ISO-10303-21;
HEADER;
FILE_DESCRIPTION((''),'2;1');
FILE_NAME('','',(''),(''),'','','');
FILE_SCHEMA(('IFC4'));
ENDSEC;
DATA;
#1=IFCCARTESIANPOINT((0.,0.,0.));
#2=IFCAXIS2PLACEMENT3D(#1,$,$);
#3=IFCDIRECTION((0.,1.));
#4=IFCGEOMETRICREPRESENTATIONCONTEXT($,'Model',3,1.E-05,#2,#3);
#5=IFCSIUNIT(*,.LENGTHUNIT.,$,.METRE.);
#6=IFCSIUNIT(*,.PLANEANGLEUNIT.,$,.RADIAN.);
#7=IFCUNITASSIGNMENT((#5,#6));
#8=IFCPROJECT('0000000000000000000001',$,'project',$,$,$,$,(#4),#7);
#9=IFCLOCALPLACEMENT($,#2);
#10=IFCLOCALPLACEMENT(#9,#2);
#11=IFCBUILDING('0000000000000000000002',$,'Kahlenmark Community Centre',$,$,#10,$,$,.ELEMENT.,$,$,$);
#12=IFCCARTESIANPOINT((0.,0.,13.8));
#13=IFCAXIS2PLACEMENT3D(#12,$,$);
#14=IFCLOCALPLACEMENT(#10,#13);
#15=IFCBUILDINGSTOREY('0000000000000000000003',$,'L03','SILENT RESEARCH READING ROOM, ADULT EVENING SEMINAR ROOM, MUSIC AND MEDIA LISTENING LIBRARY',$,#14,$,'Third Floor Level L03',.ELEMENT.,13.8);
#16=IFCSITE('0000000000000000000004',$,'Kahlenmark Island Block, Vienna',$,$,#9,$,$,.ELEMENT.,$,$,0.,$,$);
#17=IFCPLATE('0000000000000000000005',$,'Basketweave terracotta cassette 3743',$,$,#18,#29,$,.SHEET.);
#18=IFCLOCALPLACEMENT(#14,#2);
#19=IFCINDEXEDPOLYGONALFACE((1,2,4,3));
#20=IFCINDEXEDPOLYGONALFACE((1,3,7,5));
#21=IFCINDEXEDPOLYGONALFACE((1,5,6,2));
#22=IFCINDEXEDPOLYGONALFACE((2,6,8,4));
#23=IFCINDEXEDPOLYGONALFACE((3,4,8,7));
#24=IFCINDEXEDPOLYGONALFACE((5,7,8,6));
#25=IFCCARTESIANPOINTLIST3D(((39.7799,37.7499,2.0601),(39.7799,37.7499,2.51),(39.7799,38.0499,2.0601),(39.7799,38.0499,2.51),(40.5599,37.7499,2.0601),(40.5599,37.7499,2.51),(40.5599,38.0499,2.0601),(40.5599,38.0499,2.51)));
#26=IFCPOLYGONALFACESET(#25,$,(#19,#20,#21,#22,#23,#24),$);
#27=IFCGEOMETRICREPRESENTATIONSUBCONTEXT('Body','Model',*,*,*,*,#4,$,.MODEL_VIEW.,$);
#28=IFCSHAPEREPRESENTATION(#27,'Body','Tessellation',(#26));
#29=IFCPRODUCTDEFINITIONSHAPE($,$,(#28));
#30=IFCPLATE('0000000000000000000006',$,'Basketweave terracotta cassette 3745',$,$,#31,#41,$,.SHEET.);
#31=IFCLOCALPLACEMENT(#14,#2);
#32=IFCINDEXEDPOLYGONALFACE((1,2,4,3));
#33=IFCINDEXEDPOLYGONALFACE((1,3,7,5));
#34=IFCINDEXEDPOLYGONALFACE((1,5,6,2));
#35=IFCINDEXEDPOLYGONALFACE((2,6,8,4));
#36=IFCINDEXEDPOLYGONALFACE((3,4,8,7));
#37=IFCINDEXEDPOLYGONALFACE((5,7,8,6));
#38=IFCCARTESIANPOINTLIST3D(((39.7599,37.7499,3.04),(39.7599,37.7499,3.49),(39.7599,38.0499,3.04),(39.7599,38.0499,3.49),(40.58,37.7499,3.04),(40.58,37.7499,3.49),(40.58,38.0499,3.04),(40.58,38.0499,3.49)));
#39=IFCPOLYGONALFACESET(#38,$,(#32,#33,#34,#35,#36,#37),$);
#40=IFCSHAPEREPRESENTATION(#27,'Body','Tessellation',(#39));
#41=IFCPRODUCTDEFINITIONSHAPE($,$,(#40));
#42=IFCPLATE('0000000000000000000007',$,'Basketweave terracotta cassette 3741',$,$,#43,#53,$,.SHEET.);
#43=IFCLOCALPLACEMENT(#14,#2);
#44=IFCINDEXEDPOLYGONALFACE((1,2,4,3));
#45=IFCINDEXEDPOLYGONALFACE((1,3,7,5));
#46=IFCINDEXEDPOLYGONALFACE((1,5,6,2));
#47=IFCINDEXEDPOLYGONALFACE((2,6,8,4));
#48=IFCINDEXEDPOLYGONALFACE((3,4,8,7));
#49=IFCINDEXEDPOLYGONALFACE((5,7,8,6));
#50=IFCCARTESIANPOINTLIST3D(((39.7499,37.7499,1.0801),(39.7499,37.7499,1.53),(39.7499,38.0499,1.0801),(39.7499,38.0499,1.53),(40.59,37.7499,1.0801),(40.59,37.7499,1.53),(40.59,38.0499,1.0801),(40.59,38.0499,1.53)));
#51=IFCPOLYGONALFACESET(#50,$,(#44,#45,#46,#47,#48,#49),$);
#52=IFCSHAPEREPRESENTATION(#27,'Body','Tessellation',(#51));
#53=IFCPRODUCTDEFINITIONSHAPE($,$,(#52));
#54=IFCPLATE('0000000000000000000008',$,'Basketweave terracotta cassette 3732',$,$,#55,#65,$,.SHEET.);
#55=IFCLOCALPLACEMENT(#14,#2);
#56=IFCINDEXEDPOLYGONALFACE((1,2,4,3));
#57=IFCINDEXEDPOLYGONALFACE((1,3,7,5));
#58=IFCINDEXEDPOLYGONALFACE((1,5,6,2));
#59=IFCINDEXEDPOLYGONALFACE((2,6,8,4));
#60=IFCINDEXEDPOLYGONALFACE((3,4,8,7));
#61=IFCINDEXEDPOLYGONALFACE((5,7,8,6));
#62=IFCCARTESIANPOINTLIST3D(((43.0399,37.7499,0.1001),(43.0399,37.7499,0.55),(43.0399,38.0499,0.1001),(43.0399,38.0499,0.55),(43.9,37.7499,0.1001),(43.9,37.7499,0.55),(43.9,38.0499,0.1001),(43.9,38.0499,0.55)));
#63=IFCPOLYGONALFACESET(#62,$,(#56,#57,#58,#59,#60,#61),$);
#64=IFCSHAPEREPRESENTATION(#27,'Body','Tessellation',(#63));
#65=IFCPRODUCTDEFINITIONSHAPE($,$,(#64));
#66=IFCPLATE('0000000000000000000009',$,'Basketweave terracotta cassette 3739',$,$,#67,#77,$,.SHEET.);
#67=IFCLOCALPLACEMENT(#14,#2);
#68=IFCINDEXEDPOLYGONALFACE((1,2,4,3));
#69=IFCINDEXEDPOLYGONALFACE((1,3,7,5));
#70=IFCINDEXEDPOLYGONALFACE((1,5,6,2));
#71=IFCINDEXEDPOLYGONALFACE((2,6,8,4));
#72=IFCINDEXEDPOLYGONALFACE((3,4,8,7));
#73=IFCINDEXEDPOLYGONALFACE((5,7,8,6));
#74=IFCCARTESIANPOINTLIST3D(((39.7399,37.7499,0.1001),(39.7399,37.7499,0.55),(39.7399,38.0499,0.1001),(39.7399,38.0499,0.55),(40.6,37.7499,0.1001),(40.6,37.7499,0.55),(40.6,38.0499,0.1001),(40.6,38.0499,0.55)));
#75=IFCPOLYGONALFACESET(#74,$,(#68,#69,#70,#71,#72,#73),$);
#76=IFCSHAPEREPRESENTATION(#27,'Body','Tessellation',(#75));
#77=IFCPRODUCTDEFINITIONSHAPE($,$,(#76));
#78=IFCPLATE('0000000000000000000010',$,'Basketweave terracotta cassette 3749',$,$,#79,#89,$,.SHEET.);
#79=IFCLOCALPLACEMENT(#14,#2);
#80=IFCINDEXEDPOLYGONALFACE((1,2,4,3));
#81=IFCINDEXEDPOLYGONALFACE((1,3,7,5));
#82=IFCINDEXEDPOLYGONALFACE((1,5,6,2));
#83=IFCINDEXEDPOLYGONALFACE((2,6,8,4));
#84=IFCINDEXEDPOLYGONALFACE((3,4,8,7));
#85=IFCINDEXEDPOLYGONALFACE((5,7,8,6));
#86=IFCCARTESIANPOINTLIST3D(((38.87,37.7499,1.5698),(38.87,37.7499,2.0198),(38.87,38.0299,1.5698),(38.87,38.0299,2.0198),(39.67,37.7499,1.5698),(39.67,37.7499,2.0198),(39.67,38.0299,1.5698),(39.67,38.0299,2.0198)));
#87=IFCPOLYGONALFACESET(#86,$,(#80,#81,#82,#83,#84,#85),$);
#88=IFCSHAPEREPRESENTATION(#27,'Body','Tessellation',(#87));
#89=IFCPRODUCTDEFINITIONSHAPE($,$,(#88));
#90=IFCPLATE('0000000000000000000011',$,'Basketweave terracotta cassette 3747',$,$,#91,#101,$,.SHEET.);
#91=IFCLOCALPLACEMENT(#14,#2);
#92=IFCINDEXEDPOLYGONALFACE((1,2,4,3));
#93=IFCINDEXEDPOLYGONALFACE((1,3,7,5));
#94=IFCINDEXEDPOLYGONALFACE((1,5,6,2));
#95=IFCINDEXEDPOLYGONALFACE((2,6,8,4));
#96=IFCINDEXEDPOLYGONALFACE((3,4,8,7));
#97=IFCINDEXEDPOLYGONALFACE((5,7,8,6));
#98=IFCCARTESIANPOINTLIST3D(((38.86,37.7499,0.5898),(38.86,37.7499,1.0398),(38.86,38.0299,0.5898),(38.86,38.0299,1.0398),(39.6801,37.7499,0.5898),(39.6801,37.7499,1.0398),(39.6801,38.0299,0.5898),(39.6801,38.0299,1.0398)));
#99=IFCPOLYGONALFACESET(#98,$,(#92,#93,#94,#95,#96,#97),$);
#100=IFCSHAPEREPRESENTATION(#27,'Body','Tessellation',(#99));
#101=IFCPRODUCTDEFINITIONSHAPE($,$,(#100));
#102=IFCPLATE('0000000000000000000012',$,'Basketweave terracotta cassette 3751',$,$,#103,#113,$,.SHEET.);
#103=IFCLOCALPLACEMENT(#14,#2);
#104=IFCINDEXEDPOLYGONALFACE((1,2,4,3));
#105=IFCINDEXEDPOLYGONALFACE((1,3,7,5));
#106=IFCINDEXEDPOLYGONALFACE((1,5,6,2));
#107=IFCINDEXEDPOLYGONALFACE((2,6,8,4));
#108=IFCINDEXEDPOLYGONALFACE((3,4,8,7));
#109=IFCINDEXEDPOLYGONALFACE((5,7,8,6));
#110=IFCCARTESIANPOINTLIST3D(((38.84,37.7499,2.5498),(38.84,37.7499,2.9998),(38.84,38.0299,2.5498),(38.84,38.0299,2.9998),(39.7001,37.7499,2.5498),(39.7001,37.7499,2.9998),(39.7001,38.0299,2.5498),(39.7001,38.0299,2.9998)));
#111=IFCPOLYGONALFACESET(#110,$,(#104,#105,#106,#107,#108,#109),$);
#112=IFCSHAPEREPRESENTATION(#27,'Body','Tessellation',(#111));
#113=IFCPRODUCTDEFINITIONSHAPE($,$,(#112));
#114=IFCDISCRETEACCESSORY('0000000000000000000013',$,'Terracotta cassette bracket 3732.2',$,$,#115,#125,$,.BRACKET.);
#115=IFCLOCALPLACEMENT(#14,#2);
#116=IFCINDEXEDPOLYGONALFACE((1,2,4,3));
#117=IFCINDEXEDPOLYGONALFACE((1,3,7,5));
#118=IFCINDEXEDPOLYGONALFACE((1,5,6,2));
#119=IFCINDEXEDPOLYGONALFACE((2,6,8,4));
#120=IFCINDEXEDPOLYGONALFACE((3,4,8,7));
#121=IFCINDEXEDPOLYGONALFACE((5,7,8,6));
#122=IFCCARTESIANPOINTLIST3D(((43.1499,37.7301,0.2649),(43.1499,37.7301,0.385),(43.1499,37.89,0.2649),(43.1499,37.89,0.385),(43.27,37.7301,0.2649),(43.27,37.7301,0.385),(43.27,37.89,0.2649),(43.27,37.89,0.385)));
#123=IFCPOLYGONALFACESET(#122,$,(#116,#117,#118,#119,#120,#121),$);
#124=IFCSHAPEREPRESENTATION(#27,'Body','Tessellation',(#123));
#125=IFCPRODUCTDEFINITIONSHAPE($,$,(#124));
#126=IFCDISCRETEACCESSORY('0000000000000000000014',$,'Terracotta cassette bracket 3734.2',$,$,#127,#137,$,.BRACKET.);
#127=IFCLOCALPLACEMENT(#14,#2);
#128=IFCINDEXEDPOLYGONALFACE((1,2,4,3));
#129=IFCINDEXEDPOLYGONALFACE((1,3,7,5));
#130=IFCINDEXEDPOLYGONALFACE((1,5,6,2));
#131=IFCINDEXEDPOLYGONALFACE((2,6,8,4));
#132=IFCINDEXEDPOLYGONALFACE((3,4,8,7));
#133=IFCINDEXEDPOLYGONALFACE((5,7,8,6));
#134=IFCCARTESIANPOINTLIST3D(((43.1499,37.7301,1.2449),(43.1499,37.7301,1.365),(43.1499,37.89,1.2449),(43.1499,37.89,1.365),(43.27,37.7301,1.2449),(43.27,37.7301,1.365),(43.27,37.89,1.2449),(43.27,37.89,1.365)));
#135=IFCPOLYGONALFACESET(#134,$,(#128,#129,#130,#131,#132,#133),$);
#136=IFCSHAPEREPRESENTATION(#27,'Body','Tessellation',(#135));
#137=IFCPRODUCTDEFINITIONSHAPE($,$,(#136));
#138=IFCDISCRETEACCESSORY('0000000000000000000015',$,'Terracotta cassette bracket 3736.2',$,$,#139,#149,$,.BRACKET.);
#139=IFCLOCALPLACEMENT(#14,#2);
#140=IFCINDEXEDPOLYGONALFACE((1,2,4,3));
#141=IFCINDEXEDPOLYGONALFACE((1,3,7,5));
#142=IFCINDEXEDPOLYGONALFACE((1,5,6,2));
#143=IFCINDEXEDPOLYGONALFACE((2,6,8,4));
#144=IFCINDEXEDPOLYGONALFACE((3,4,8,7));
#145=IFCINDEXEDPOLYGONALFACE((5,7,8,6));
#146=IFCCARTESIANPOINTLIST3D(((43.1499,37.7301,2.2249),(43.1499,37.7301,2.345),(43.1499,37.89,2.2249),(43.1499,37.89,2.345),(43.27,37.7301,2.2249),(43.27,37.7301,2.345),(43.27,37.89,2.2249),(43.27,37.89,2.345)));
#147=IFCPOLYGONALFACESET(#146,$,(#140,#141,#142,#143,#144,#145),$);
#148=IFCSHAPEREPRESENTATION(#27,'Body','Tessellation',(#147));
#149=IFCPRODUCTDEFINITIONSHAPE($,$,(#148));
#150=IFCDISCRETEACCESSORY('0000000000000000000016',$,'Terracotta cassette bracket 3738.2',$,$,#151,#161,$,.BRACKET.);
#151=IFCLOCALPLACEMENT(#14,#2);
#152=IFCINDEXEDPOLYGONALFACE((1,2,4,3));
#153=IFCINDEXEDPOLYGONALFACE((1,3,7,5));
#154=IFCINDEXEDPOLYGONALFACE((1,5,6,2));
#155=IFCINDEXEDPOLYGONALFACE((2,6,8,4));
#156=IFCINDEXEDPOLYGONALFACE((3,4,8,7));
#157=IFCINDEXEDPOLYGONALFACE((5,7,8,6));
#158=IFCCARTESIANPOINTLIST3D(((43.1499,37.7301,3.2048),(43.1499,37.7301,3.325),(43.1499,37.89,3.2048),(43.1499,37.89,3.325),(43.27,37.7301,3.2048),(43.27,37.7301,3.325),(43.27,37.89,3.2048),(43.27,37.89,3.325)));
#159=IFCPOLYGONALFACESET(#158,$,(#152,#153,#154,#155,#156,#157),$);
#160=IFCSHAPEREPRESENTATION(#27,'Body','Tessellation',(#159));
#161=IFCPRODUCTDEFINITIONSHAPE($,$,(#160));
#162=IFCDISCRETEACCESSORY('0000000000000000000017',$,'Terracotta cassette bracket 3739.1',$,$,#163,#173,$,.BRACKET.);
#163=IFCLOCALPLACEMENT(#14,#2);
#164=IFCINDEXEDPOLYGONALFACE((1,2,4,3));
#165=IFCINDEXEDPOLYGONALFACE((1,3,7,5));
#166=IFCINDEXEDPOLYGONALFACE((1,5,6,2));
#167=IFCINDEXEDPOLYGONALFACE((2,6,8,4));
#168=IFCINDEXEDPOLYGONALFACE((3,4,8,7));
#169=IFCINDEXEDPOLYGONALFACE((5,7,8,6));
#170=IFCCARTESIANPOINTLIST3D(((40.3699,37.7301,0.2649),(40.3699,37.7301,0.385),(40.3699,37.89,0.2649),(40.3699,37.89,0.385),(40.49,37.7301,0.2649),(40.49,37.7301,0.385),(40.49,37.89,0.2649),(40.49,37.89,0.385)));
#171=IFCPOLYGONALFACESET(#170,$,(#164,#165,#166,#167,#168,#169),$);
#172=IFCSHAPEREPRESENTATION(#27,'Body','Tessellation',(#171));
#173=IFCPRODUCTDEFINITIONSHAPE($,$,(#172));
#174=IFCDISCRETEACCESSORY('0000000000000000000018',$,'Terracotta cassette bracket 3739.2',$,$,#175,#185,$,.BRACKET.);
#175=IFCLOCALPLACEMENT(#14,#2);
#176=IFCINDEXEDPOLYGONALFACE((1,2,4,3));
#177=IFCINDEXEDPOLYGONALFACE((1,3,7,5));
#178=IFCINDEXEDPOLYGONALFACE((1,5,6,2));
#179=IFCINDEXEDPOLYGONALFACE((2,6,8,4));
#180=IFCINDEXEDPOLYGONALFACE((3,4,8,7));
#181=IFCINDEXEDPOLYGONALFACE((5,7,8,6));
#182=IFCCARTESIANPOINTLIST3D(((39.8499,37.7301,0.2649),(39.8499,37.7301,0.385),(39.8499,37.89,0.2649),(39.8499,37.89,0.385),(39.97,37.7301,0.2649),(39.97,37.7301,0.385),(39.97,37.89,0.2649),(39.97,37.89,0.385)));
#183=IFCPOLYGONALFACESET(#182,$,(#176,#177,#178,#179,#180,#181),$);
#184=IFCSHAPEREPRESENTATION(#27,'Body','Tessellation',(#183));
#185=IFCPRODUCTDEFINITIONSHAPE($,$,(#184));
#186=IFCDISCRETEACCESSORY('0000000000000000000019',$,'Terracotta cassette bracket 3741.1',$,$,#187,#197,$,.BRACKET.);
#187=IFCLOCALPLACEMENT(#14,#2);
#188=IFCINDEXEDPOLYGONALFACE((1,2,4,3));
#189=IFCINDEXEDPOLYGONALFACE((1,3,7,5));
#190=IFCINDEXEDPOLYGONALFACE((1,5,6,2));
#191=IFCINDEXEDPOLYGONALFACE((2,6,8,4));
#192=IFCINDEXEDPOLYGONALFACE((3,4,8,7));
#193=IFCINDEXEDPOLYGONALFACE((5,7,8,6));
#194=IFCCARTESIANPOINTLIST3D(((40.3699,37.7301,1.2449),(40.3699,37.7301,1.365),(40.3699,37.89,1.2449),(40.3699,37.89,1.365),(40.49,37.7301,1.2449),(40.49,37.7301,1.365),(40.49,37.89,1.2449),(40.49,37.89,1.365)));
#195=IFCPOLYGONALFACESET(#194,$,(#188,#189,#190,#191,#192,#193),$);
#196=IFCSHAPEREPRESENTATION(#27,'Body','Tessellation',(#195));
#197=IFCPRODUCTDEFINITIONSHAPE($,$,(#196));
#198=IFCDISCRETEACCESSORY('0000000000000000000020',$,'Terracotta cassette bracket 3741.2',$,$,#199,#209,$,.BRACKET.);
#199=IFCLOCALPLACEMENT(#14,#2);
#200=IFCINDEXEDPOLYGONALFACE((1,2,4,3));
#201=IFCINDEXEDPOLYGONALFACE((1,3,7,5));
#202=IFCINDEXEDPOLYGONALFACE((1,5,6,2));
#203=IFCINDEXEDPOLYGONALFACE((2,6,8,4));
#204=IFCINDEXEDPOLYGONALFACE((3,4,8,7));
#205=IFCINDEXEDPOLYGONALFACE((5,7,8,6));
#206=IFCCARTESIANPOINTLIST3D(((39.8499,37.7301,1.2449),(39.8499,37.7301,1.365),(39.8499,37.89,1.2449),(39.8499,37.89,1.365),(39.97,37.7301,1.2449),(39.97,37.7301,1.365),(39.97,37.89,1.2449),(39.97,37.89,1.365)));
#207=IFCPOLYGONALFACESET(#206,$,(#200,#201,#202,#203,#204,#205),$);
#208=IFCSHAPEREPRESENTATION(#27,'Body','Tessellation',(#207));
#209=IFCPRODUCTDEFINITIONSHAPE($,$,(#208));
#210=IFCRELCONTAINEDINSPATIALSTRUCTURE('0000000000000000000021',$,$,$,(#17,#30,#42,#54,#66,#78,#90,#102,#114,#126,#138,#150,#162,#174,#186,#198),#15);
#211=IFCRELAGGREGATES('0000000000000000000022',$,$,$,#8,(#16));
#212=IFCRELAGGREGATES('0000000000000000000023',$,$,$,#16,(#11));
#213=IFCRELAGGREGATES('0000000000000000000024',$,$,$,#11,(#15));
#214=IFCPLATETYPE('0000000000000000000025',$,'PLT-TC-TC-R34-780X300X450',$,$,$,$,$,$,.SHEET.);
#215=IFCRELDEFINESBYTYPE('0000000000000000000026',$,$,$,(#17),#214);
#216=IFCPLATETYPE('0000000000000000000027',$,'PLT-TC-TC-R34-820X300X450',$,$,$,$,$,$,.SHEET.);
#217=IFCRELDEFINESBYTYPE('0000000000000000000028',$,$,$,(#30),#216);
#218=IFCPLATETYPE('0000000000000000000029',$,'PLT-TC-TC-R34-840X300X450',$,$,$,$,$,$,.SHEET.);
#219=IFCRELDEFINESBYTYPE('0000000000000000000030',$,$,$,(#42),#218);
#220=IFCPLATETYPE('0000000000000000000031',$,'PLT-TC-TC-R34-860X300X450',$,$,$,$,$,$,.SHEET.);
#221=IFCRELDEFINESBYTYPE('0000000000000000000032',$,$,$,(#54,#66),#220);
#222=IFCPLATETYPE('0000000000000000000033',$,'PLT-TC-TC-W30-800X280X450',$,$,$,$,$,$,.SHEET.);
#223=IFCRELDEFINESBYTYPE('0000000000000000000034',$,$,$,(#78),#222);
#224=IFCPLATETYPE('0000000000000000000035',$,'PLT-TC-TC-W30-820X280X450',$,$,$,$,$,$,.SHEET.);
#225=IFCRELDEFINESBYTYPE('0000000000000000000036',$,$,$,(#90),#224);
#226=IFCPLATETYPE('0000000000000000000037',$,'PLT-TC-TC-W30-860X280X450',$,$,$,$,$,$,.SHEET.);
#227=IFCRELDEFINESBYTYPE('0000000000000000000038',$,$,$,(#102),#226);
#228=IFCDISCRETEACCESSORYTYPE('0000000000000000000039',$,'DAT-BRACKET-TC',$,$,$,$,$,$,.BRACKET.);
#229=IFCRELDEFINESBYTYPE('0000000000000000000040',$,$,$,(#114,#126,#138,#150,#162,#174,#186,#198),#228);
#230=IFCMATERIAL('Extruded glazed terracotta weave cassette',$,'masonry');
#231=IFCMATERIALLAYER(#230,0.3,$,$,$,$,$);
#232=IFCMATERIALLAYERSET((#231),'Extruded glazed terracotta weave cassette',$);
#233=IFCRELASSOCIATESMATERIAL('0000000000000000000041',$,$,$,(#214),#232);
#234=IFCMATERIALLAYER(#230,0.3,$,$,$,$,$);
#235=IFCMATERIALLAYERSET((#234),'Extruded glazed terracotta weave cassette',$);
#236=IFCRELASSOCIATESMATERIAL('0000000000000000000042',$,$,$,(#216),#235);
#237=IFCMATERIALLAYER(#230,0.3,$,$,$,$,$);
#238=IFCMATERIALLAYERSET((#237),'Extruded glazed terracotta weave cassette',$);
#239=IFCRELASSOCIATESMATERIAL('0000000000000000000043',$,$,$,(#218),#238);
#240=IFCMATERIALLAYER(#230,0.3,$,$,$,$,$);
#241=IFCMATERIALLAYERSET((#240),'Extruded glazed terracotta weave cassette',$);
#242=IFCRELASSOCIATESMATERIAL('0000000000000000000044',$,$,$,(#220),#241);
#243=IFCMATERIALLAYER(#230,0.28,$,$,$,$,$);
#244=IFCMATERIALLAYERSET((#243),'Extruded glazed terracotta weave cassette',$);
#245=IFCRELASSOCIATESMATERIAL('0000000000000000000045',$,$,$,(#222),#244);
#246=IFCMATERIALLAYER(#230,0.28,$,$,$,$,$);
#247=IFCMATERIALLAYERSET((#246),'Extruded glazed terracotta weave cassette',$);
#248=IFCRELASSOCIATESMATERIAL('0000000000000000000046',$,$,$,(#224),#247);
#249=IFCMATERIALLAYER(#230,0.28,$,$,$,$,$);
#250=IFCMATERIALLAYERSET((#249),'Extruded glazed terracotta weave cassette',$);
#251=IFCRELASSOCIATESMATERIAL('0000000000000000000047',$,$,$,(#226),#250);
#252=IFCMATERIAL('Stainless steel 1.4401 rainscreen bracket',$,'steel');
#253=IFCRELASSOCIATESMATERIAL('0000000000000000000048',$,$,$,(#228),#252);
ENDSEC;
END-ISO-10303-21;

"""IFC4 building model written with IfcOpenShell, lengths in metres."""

from ifc_helpers import new_model, si_unit, direction, frame, origin, origin_2d, place, context, subcontext, project, spatial, rectangle, extrude, material, layer, layer_set, type_object, element, save


model = new_model("IFC4")

# Units and contexts
model_context = context("Model", 3, precision=1e-05, world=origin(), true_north=direction((0.0, 1.0)))
body_context = subcontext(model_context, "Body", "Model", "MODEL_VIEW")
ifc_project = project(units=[si_unit("LENGTHUNIT", "METRE"), si_unit("PLANEANGLEUNIT", "RADIAN")], contexts=[model_context])

# Site, building, storey
site_placement = place(None, origin())
site = spatial("IfcSite", under=ifc_project, at=site_placement, Name="Kahlenmark Island Block, Vienna", CompositionType="ELEMENT", RefElevation=0.0)
building_placement = place(site_placement, origin())
building = spatial("IfcBuilding", under=site, at=building_placement, Name="Kahlenmark Community Centre", CompositionType="ELEMENT")
storey_placement = place(building_placement, frame((0.0, 0.0, 13.8)))
storey = spatial("IfcBuildingStorey", under=building, at=storey_placement, Name="L03", Description="SILENT RESEARCH READING ROOM, ADULT EVENING SEMINAR ROOM, MUSIC AND MEDIA LISTENING LIBRARY", LongName="Third Floor Level L03", CompositionType="ELEMENT", Elevation=13.8)

# Plates
ifc_material_1 = material(Name="Extruded glazed terracotta weave cassette", Category="masonry")
ifc_layer_1 = layer(ifc_material_1, 0.3)
ifc_layer_set_1 = layer_set([ifc_layer_1], Name="Extruded glazed terracotta weave cassette")
plate_type_1 = type_object("IfcPlateType", Name="PLT-TC-TC-R34-780X300X450", PredefinedType="SHEET", material=ifc_layer_set_1)
plate_1_placement = place(storey_placement, frame((40.1699, 37.8999, 2.0601), z_axis=(0.0, 0.0, 1.0), x_axis=(-1.0, 0.0, 0.0)))
element("IfcPlate", 1, at=plate_1_placement, inside=storey, type_object=plate_type_1, Name="Basketweave terracotta cassette 3743", PredefinedType="SHEET", context=body_context, shape_type="SweptSolid", body=[
    extrude(rectangle(XDim=0.78, YDim=0.3, at=origin_2d()), origin(), (0.0, 0.0, 1.0), 0.45),
])
ifc_layer_2 = layer(ifc_material_1, 0.3)
ifc_layer_set_2 = layer_set([ifc_layer_2], Name="Extruded glazed terracotta weave cassette")
plate_type_2 = type_object("IfcPlateType", Name="PLT-TC-TC-R34-820X300X450", PredefinedType="SHEET", material=ifc_layer_set_2)
plate_2_placement = place(storey_placement, frame((40.1699, 37.8999, 3.04), z_axis=(0.0, 0.0, 1.0), x_axis=(-1.0, 0.0, 0.0)))
element("IfcPlate", 2, at=plate_2_placement, inside=storey, type_object=plate_type_2, Name="Basketweave terracotta cassette 3745", PredefinedType="SHEET", context=body_context, shape_type="SweptSolid", body=[
    extrude(rectangle(XDim=0.8201, YDim=0.3, at=origin_2d()), origin(), (0.0, 0.0, 1.0), 0.45),
])
ifc_layer_3 = layer(ifc_material_1, 0.3)
ifc_layer_set_3 = layer_set([ifc_layer_3], Name="Extruded glazed terracotta weave cassette")
plate_type_3 = type_object("IfcPlateType", Name="PLT-TC-TC-R34-840X300X450", PredefinedType="SHEET", material=ifc_layer_set_3)
plate_3_placement = place(storey_placement, frame((40.1699, 37.8999, 1.0801), z_axis=(0.0, 0.0, 1.0), x_axis=(-1.0, 0.0, 0.0)))
element("IfcPlate", 3, at=plate_3_placement, inside=storey, type_object=plate_type_3, Name="Basketweave terracotta cassette 3741", PredefinedType="SHEET", context=body_context, shape_type="SweptSolid", body=[
    extrude(rectangle(XDim=0.8401, YDim=0.3, at=origin_2d()), origin(), (0.0, 0.0, 1.0), 0.45),
])
ifc_layer_4 = layer(ifc_material_1, 0.3)
ifc_layer_set_4 = layer_set([ifc_layer_4], Name="Extruded glazed terracotta weave cassette")
plate_type_4 = type_object("IfcPlateType", Name="PLT-TC-TC-R34-860X300X450", PredefinedType="SHEET", material=ifc_layer_set_4)
for number, where, z_axis, x_axis, name in (
    (4, (43.47, 37.8999, 0.1001), (0.0, 0.0, 1.0), (-1.0, 0.0, 0.0), "Basketweave terracotta cassette 3732"),
    (5, (40.1699, 37.8999, 0.1001), (0.0, 0.0, 1.0), (-1.0, 0.0, 0.0), "Basketweave terracotta cassette 3739"),
):
    element("IfcPlate", number, at=place(storey_placement, frame(where, z_axis=z_axis, x_axis=x_axis)), inside=storey, type_object=plate_type_4, Name=name, PredefinedType="SHEET", context=body_context, shape_type="SweptSolid", body=[
        extrude(rectangle(XDim=0.8601, YDim=0.3, at=origin_2d()), origin(), (0.0, 0.0, 1.0), 0.45),
    ])
ifc_layer_5 = layer(ifc_material_1, 0.28)
ifc_layer_set_5 = layer_set([ifc_layer_5], Name="Extruded glazed terracotta weave cassette")
plate_type_5 = type_object("IfcPlateType", Name="PLT-TC-TC-W30-800X280X450", PredefinedType="SHEET", material=ifc_layer_set_5)
plate_4_placement = place(storey_placement, frame((39.27, 37.8899, 1.5698), z_axis=(0.0, 0.0, 1.0), x_axis=(-1.0, 0.0, 0.0)))
element("IfcPlate", 6, at=plate_4_placement, inside=storey, type_object=plate_type_5, Name="Basketweave terracotta cassette 3749", PredefinedType="SHEET", context=body_context, shape_type="SweptSolid", body=[
    extrude(rectangle(XDim=0.8, YDim=0.28, at=origin_2d()), origin(), (0.0, 0.0, 1.0), 0.45),
])
ifc_layer_6 = layer(ifc_material_1, 0.28)
ifc_layer_set_6 = layer_set([ifc_layer_6], Name="Extruded glazed terracotta weave cassette")
plate_type_6 = type_object("IfcPlateType", Name="PLT-TC-TC-W30-820X280X450", PredefinedType="SHEET", material=ifc_layer_set_6)
plate_5_placement = place(storey_placement, frame((39.27, 37.8899, 0.5898), z_axis=(0.0, 0.0, 1.0), x_axis=(-1.0, 0.0, 0.0)))
element("IfcPlate", 7, at=plate_5_placement, inside=storey, type_object=plate_type_6, Name="Basketweave terracotta cassette 3747", PredefinedType="SHEET", context=body_context, shape_type="SweptSolid", body=[
    extrude(rectangle(XDim=0.8201, YDim=0.28, at=origin_2d()), origin(), (0.0, 0.0, 1.0), 0.45),
])
ifc_layer_7 = layer(ifc_material_1, 0.28)
ifc_layer_set_7 = layer_set([ifc_layer_7], Name="Extruded glazed terracotta weave cassette")
plate_type_7 = type_object("IfcPlateType", Name="PLT-TC-TC-W30-860X280X450", PredefinedType="SHEET", material=ifc_layer_set_7)
plate_6_placement = place(storey_placement, frame((39.27, 37.8899, 2.5498), z_axis=(0.0, 0.0, 1.0), x_axis=(-1.0, 0.0, 0.0)))
element("IfcPlate", 8, at=plate_6_placement, inside=storey, type_object=plate_type_7, Name="Basketweave terracotta cassette 3751", PredefinedType="SHEET", context=body_context, shape_type="SweptSolid", body=[
    extrude(rectangle(XDim=0.8601, YDim=0.28, at=origin_2d()), origin(), (0.0, 0.0, 1.0), 0.45),
])

# Discrete accessories
ifc_material_2 = material(Name="Stainless steel 1.4401 rainscreen bracket", Category="steel")
discrete_accessory_type = type_object("IfcDiscreteAccessoryType", Name="DAT-BRACKET-TC", PredefinedType="BRACKET", material=ifc_material_2)
for number, where, z_axis, x_axis, name in (
    (9, (43.21, 37.8101, 0.2649), (0.0, 0.0, 1.0), (-1.0, 0.0, 0.0), "Terracotta cassette bracket 3732.2"),
    (10, (43.21, 37.8101, 1.2449), (0.0, 0.0, 1.0), (-1.0, 0.0, 0.0), "Terracotta cassette bracket 3734.2"),
    (11, (43.21, 37.8101, 2.2249), (0.0, 0.0, 1.0), (-1.0, 0.0, 0.0), "Terracotta cassette bracket 3736.2"),
    (12, (43.21, 37.8101, 3.2048), (0.0, 0.0, 1.0), (-1.0, 0.0, 0.0), "Terracotta cassette bracket 3738.2"),
    (13, (40.4299, 37.8101, 0.2649), (0.0, 0.0, 1.0), (-1.0, 0.0, 0.0), "Terracotta cassette bracket 3739.1"),
    (14, (39.9099, 37.8101, 0.2649), (0.0, 0.0, 1.0), (-1.0, 0.0, 0.0), "Terracotta cassette bracket 3739.2"),
    (15, (40.4299, 37.8101, 1.2449), (0.0, 0.0, 1.0), (-1.0, 0.0, 0.0), "Terracotta cassette bracket 3741.1"),
    (16, (39.9099, 37.8101, 1.2449), (0.0, 0.0, 1.0), (-1.0, 0.0, 0.0), "Terracotta cassette bracket 3741.2"),
):
    element("IfcDiscreteAccessory", number, at=place(storey_placement, frame(where, z_axis=z_axis, x_axis=x_axis)), inside=storey, type_object=discrete_accessory_type, Name=name, PredefinedType="BRACKET", context=body_context, shape_type="SweptSolid", body=[
        extrude(rectangle(XDim=0.1201, YDim=0.1599, at=origin_2d()), origin(), (0.0, 0.0, 1.0), 0.1201),
    ])

save(model, "model.ifc")
